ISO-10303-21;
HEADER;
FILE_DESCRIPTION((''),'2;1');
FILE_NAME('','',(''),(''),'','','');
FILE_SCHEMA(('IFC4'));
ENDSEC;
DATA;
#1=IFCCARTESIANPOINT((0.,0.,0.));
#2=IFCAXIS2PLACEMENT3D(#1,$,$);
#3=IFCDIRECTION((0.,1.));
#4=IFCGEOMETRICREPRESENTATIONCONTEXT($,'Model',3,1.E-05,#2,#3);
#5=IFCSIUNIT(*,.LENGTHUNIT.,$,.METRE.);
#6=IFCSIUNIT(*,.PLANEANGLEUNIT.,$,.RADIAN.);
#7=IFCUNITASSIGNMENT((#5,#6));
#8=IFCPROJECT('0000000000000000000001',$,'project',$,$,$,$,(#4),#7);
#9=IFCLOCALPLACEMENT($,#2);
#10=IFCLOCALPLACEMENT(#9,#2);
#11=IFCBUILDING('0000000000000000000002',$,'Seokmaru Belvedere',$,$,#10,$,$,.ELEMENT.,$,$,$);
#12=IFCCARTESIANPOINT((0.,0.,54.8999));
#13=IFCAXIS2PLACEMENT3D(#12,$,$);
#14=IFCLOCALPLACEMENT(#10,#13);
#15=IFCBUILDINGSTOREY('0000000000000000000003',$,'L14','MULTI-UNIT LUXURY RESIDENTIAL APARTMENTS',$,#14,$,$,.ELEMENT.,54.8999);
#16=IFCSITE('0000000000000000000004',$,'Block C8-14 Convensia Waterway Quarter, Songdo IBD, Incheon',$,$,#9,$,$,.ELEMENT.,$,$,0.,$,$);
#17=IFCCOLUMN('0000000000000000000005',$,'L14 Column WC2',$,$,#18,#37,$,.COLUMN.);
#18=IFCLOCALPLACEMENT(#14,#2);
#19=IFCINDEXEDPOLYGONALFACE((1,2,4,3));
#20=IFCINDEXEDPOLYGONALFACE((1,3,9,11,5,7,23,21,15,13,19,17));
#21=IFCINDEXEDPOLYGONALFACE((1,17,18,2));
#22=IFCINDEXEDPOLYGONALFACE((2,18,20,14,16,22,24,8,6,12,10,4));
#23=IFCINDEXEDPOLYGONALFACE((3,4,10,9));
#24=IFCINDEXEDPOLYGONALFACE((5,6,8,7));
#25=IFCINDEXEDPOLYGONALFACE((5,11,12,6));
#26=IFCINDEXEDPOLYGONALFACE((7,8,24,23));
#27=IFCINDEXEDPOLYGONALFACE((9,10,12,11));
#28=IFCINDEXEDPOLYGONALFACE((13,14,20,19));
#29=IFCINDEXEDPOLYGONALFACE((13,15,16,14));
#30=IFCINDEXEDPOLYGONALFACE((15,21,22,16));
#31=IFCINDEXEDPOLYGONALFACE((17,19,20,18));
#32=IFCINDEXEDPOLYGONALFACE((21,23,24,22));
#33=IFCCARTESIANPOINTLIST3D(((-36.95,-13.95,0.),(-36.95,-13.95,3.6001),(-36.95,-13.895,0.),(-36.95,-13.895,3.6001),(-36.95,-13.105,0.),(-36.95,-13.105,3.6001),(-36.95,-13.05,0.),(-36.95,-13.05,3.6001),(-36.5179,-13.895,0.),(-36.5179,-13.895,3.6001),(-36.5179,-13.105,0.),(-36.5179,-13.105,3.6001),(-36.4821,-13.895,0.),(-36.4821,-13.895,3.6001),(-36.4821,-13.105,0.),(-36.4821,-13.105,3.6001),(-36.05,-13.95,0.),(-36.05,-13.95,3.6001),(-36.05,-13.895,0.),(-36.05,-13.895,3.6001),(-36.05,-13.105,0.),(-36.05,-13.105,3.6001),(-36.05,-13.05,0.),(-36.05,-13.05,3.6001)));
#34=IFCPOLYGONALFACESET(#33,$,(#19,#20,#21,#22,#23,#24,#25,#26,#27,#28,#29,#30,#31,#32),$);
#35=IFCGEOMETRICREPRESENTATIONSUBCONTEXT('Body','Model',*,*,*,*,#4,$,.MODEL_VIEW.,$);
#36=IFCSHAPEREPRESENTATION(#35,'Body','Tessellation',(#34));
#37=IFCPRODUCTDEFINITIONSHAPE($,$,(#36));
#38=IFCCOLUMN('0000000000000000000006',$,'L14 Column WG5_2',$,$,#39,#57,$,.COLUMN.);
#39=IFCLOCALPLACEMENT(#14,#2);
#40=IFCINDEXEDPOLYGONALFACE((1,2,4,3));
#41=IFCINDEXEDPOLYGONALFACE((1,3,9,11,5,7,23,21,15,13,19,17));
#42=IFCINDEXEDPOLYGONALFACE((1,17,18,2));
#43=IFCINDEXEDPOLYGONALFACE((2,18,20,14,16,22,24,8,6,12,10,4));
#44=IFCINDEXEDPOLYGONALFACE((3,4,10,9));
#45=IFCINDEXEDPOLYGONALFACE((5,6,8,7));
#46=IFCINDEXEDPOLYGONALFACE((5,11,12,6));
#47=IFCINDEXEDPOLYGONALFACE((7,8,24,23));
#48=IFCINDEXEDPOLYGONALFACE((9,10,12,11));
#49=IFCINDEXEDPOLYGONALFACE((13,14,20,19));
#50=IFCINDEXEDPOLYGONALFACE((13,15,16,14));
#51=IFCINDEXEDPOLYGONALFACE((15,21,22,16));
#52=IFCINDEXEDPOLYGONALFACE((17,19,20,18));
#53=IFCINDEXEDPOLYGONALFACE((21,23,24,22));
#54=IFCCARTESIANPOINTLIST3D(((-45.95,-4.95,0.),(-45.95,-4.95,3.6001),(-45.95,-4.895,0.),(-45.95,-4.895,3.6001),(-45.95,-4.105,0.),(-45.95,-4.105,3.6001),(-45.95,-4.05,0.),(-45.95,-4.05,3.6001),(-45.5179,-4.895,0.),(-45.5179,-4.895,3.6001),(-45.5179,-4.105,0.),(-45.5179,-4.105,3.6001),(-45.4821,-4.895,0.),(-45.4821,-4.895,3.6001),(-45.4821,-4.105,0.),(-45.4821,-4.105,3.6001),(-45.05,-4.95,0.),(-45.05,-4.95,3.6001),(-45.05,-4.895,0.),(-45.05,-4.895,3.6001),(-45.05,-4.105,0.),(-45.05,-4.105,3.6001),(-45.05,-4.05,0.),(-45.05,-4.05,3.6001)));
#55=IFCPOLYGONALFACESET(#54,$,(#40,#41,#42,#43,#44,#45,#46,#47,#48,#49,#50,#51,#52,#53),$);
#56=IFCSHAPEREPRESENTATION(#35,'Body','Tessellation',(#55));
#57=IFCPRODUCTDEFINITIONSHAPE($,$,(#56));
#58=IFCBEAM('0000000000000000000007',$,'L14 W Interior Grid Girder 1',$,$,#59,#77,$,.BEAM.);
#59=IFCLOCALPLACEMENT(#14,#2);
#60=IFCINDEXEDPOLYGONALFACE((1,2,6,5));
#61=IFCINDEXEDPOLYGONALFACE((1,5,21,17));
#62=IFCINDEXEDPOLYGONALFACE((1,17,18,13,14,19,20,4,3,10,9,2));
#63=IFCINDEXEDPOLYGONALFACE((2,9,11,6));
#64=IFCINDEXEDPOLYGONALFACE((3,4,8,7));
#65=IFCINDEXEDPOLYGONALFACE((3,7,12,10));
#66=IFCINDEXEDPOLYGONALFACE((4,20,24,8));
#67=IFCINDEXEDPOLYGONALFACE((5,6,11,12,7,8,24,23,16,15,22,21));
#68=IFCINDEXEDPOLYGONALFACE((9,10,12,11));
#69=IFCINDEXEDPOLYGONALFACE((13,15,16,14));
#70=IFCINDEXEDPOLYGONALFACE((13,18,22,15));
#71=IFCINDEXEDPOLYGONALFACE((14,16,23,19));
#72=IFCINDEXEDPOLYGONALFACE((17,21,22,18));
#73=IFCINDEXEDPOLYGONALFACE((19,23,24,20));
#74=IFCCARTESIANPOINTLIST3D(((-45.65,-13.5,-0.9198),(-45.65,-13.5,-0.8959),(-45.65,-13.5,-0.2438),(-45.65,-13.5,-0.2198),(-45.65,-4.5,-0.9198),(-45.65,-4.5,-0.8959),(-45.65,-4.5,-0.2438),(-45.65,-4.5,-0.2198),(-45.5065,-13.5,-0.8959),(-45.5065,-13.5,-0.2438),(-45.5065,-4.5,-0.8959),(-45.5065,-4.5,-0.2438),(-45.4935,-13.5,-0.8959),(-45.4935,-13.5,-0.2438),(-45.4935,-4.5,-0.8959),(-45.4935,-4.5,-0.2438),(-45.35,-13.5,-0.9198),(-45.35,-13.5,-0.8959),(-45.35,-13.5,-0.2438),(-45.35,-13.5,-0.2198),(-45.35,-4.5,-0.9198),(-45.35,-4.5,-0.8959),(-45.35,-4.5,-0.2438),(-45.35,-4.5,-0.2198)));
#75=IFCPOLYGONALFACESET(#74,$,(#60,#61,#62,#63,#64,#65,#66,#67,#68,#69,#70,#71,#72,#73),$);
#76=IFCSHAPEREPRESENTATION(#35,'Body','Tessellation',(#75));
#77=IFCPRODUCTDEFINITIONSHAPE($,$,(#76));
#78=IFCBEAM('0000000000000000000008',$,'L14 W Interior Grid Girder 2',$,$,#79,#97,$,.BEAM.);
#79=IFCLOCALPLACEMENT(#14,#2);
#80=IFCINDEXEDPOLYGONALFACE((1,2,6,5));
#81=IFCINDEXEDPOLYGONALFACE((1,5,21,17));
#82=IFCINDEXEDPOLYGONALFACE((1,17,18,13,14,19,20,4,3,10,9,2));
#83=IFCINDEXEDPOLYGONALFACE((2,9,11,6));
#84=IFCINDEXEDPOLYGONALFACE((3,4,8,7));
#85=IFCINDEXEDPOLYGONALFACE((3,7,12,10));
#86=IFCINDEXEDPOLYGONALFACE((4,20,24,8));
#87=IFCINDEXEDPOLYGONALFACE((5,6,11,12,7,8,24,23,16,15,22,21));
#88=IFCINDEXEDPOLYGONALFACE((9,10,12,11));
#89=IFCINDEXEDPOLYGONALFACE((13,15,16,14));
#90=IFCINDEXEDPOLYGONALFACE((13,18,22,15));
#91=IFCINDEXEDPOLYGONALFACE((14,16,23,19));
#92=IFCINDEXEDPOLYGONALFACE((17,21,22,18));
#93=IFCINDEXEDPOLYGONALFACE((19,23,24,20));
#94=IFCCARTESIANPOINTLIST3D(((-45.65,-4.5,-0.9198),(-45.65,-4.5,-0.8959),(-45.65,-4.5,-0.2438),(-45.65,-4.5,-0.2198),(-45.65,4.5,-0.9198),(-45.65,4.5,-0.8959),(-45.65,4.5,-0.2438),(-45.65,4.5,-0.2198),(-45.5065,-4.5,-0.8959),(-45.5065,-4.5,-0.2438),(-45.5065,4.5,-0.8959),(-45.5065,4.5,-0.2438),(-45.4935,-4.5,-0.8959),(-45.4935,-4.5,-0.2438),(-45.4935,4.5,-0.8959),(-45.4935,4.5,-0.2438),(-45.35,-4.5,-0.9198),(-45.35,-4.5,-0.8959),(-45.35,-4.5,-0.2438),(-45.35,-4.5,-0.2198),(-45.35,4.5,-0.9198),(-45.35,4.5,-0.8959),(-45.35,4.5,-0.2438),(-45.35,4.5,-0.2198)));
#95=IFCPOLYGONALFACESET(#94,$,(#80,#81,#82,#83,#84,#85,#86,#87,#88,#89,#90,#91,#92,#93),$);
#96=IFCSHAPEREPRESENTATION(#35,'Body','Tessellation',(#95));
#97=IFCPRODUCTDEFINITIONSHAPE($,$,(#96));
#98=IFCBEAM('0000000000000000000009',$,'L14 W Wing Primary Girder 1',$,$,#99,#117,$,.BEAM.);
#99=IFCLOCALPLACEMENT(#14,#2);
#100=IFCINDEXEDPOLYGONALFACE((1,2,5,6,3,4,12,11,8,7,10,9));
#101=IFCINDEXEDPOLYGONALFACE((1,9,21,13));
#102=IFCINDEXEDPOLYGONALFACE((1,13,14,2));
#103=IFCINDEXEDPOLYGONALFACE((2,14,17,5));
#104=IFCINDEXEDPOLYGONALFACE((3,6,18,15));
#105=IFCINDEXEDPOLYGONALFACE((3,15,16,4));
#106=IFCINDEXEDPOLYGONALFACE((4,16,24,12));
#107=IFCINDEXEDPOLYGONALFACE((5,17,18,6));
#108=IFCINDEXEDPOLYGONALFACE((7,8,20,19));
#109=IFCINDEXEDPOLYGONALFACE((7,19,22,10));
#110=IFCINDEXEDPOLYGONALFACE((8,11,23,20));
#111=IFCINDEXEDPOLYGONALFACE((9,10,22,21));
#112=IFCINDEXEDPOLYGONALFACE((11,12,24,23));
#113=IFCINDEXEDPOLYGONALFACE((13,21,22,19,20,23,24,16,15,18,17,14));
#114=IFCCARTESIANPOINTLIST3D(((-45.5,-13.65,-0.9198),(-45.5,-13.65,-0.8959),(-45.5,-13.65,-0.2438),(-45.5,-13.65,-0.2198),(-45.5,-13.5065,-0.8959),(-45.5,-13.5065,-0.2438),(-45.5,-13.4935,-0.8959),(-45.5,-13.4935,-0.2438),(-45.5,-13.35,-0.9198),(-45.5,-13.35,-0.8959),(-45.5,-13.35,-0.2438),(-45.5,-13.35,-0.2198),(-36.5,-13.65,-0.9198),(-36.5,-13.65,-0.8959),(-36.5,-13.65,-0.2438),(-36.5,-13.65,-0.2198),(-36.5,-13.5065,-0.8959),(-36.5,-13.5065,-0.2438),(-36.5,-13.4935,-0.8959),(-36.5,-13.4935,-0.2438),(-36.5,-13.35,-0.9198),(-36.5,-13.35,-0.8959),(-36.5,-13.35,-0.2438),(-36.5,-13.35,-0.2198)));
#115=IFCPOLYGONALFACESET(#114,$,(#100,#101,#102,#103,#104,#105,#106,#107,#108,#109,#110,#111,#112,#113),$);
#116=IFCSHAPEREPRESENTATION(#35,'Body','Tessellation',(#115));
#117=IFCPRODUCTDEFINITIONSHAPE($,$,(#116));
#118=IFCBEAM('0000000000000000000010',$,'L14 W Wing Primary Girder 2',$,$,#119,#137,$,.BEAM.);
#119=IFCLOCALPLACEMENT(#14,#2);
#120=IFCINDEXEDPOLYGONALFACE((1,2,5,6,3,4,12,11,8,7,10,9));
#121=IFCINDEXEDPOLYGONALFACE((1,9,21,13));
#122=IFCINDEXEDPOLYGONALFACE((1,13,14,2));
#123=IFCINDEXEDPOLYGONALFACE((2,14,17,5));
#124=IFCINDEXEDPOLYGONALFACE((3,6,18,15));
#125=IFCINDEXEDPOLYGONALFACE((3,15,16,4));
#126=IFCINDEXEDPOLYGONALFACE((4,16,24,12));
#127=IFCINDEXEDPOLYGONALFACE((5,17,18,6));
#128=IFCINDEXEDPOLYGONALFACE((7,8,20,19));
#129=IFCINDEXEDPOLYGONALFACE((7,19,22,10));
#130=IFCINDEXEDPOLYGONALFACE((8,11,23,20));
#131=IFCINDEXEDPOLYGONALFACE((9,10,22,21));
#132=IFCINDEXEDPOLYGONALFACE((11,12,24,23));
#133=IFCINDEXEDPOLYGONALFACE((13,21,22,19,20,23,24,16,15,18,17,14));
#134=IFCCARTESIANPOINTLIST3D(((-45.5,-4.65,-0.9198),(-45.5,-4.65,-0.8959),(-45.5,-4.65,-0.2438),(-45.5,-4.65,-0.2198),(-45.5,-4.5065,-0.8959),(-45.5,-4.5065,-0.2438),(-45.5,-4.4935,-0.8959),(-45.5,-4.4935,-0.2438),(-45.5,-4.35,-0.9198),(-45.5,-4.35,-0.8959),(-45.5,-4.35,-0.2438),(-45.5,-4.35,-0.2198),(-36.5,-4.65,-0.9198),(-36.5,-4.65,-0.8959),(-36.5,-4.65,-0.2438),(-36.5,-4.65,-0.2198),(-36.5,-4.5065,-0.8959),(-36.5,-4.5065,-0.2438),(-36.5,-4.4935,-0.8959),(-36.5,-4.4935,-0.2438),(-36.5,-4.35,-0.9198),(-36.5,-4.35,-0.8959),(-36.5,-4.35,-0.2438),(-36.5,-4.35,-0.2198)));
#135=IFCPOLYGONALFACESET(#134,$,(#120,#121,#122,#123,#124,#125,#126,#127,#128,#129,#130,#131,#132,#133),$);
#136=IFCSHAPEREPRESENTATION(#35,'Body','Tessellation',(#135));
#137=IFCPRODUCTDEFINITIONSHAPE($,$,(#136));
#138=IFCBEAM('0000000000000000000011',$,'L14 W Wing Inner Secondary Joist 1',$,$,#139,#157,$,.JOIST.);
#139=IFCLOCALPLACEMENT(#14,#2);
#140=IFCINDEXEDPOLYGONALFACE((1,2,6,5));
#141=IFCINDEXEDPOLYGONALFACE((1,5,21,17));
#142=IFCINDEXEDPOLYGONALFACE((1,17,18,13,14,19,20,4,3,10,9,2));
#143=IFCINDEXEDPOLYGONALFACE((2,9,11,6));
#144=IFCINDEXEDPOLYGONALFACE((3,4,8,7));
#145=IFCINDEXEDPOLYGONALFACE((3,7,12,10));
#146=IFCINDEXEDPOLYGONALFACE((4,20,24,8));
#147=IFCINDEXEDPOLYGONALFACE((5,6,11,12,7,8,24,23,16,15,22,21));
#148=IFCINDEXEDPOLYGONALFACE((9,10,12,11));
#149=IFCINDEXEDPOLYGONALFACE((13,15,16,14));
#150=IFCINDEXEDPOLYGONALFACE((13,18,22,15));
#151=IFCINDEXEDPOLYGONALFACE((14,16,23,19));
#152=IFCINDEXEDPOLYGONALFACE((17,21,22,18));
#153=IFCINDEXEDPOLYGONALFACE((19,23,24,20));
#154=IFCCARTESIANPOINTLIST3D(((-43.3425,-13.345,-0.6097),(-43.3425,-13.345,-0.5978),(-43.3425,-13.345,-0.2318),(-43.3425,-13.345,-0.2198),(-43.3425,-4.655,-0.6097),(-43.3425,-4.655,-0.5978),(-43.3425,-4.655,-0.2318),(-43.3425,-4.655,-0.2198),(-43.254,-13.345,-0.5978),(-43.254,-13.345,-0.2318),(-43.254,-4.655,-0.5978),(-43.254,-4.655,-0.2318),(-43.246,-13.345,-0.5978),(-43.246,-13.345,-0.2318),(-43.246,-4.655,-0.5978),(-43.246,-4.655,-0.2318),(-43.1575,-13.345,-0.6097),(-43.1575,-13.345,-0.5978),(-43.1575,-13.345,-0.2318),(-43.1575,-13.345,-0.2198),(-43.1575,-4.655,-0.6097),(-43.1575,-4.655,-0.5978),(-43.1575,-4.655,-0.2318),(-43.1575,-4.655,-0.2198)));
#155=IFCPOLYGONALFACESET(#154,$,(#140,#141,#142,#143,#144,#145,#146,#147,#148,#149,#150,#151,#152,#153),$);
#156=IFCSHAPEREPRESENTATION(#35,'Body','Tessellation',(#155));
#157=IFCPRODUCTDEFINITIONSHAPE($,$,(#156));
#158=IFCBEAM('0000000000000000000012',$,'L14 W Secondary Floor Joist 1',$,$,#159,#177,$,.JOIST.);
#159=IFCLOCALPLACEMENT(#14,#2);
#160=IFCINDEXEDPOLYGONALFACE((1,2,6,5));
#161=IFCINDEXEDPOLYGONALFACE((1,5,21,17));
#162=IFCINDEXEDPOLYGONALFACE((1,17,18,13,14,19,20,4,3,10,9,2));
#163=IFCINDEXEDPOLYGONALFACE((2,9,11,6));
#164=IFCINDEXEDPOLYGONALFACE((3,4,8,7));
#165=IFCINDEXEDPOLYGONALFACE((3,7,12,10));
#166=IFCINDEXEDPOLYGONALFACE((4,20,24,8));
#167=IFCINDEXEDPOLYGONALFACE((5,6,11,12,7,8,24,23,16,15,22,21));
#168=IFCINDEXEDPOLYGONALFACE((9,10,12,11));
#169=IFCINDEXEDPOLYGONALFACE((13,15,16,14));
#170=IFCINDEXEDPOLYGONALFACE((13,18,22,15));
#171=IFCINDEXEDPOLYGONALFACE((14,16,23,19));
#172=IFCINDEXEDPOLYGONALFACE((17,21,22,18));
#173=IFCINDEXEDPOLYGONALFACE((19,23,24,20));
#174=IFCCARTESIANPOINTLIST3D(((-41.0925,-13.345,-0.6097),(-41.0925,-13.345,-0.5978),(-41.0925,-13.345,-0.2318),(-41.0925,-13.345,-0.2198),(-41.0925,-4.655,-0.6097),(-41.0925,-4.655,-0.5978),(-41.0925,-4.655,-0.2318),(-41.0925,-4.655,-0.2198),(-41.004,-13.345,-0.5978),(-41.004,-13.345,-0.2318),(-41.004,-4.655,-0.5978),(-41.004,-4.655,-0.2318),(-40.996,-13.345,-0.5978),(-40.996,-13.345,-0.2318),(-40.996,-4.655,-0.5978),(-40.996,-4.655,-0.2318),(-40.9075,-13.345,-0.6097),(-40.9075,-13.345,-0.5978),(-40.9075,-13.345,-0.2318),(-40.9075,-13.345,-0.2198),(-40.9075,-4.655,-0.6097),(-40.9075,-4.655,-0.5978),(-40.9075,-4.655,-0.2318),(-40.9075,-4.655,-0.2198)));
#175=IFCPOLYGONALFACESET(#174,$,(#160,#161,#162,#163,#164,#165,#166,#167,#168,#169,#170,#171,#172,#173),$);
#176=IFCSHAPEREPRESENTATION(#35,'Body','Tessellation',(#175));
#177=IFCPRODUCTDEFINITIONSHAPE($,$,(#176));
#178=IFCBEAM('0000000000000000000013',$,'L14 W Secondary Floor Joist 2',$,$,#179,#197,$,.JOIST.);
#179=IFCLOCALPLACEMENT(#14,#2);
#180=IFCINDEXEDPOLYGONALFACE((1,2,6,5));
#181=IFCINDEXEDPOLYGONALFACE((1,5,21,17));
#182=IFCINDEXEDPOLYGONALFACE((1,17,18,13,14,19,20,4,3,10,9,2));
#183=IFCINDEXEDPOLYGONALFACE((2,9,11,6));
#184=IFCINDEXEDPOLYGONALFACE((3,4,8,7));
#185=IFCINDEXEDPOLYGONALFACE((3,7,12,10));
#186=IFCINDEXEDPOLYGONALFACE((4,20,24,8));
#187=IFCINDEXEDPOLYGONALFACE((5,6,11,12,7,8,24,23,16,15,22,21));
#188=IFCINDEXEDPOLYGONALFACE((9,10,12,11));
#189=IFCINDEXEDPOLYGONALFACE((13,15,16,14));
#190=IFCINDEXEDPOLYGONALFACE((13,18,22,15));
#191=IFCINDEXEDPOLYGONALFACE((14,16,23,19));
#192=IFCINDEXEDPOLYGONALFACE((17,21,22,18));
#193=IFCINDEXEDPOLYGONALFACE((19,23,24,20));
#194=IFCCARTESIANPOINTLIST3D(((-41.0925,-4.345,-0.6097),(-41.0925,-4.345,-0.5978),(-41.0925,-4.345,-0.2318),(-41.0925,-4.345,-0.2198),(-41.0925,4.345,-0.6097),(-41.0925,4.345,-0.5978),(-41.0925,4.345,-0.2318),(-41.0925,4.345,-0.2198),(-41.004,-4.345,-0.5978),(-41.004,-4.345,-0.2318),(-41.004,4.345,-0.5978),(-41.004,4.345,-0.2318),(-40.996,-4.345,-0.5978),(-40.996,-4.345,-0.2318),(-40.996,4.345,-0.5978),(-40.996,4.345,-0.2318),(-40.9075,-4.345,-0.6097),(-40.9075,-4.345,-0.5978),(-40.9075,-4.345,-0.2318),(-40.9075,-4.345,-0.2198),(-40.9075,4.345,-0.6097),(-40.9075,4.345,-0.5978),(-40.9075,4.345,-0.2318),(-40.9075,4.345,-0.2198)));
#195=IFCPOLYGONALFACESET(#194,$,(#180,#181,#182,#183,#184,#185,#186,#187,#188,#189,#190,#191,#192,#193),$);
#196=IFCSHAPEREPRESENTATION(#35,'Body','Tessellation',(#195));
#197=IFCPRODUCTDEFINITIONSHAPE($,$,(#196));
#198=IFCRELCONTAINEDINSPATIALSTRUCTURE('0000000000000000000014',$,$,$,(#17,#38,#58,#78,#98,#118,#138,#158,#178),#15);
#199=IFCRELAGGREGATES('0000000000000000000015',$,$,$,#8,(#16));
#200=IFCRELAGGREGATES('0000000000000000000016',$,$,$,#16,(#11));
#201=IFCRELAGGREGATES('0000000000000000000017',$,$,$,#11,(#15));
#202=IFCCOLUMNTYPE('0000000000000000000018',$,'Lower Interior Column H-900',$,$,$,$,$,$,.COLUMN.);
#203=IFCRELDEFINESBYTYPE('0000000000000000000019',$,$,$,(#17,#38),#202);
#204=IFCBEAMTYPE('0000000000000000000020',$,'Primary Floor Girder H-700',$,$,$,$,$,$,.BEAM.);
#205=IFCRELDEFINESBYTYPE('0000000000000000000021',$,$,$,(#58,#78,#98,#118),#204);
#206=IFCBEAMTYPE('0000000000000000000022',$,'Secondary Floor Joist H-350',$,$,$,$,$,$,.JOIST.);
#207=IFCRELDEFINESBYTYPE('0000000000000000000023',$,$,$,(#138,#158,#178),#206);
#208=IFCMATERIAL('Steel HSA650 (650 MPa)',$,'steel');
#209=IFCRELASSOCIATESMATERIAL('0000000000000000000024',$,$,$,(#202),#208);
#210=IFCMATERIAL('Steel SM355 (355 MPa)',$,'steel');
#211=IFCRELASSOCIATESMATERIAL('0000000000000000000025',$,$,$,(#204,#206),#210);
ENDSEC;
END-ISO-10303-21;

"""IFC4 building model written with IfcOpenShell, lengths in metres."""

from ifc_helpers import new_model, si_unit, direction, frame, origin, origin_2d, place, context, subcontext, project, spatial, i_section, extrude, source, transform, mapped, material, material_profile, profile_set, type_object, type_shapes, element, save


model = new_model("IFC4")

# Units and contexts
model_context = context("Model", 3, precision=1e-05, world=origin(), true_north=direction((0.0, 1.0)))
body_context = subcontext(model_context, "Body", "Model", "MODEL_VIEW")
ifc_project = project(units=[si_unit("LENGTHUNIT", "METRE"), si_unit("PLANEANGLEUNIT", "RADIAN")], contexts=[model_context])

# Site, building, storey
site_placement = place(None, origin())
site = spatial("IfcSite", under=ifc_project, at=site_placement, Name="Block C8-14 Convensia Waterway Quarter, Songdo IBD, Incheon", CompositionType="ELEMENT", RefElevation=0.0)
building_placement = place(site_placement, origin())
building = spatial("IfcBuilding", under=site, at=building_placement, Name="Seokmaru Belvedere", CompositionType="ELEMENT")
storey_placement = place(building_placement, frame((0.0, 0.0, 54.8999)))
storey = spatial("IfcBuildingStorey", under=building, at=storey_placement, Name="L14", Description="MULTI-UNIT LUXURY RESIDENTIAL APARTMENTS", CompositionType="ELEMENT", Elevation=54.8999)

# Columns
ifc_material_1 = material(Name="Steel HSA650 (650 MPa)", Category="steel")
ifc_material_profile_1 = material_profile(ifc_material_1, i_section(OverallWidth=0.8999, OverallDepth=0.8999, WebThickness=0.0359, FlangeThickness=0.0549, at=origin_2d()), Name="H-900x900x36x55")
ifc_profile_set_1 = profile_set([ifc_material_profile_1], Name="Steel HSA650 (650 MPa)")
column_type = type_object("IfcColumnType", Name="Lower Interior Column H-900", PredefinedType="COLUMN", material=ifc_profile_set_1)
shared_shape_1 = source(origin(), body_context, "Body", "SweptSolid", [
    extrude(i_section(OverallWidth=0.8999, OverallDepth=0.8999, WebThickness=0.0359, FlangeThickness=0.0549, at=origin_2d()), origin(), (0.0, 0.0, 1.0), 3.6001),
])
type_shapes(column_type, [shared_shape_1])
for number, where, z_axis, x_axis, name in (
    (1, (-36.5, -13.5, 0.0), (0.0, 0.0, 1.0), (1.0, 0.0, 0.0), "L14 Column WC2"),
    (2, (-45.5, -4.5, 0.0), (0.0, 0.0, 1.0), (1.0, 0.0, 0.0), "L14 Column WG5_2"),
):
    element("IfcColumn", number, at=place(storey_placement, frame(where, z_axis=z_axis, x_axis=x_axis)), inside=storey, type_object=column_type, Name=name, PredefinedType="COLUMN", context=body_context, shape_type="MappedRepresentation", body=[
        mapped(shared_shape_1, transform((0.0, 0.0, 0.0), scale=1.0)),
    ])

# Beams
ifc_material_2 = material(Name="Steel SM355 (355 MPa)", Category="steel")
ifc_material_profile_2 = material_profile(ifc_material_2, i_section(OverallWidth=0.3, OverallDepth=0.7, WebThickness=0.0129, FlangeThickness=0.0239, at=origin_2d()), Name="H-700x300x13x24")
ifc_profile_set_2 = profile_set([ifc_material_profile_2], Name="Steel SM355 (355 MPa)")
beam_type_1 = type_object("IfcBeamType", Name="Primary Floor Girder H-700", PredefinedType="BEAM", material=ifc_profile_set_2)
shared_shape_2 = source(origin(), body_context, "Body", "SweptSolid", [
    extrude(i_section(OverallWidth=0.3, OverallDepth=0.7, WebThickness=0.0129, FlangeThickness=0.0239, at=origin_2d()), origin(), (0.0, 0.0, 1.0), 9.0),
])
type_shapes(beam_type_1, [shared_shape_2])
for number, where, z_axis, x_axis, name in (
    (3, (-45.5, -13.5, -0.5698), (0.0, 1.0, 0.0), (-1.0, 0.0, 0.0), "L14 W Interior Grid Girder 1"),
    (4, (-45.5, -4.5, -0.5698), (0.0, 1.0, 0.0), (-1.0, 0.0, 0.0), "L14 W Interior Grid Girder 2"),
    (5, (-45.5, -13.5, -0.5698), (1.0, 0.0, 0.0), (0.0, 1.0, 0.0), "L14 W Wing Primary Girder 1"),
    (6, (-45.5, -4.5, -0.5698), (1.0, 0.0, 0.0), (0.0, 1.0, 0.0), "L14 W Wing Primary Girder 2"),
):
    element("IfcBeam", number, at=place(storey_placement, frame(where, z_axis=z_axis, x_axis=x_axis)), inside=storey, type_object=beam_type_1, Name=name, PredefinedType="BEAM", context=body_context, shape_type="MappedRepresentation", body=[
        mapped(shared_shape_2, transform((0.0, 0.0, 0.0), scale=1.0)),
    ])
ifc_material_profile_3 = material_profile(ifc_material_2, i_section(OverallWidth=0.1851, OverallDepth=0.3899, WebThickness=0.0081, FlangeThickness=0.012, at=origin_2d()), Name="H-390x185x8x12")
ifc_profile_set_3 = profile_set([ifc_material_profile_3], Name="Steel SM355 (355 MPa)")
beam_type_2 = type_object("IfcBeamType", Name="Secondary Floor Joist H-350", PredefinedType="JOIST", material=ifc_profile_set_3)
shared_shape_3 = source(origin(), body_context, "Body", "SweptSolid", [
    extrude(i_section(OverallWidth=0.1851, OverallDepth=0.3899, WebThickness=0.0081, FlangeThickness=0.012, at=origin_2d()), origin(), (0.0, 0.0, 1.0), 8.6899),
])
type_shapes(beam_type_2, [shared_shape_3])
for number, where, z_axis, x_axis, name in (
    (7, (-43.25, -13.345, -0.4148), (0.0, 1.0, 0.0), (-1.0, 0.0, 0.0), "L14 W Wing Inner Secondary Joist 1"),
    (8, (-41.0, -13.345, -0.4148), (0.0, 1.0, 0.0), (-1.0, 0.0, 0.0), "L14 W Secondary Floor Joist 1"),
    (9, (-41.0, -4.345, -0.4148), (0.0, 1.0, 0.0), (-1.0, 0.0, 0.0), "L14 W Secondary Floor Joist 2"),
):
    element("IfcBeam", number, at=place(storey_placement, frame(where, z_axis=z_axis, x_axis=x_axis)), inside=storey, type_object=beam_type_2, Name=name, PredefinedType="JOIST", context=body_context, shape_type="MappedRepresentation", body=[
        mapped(shared_shape_3, transform((0.0, 0.0, 0.0), scale=1.0)),
    ])

save(model, "model.ifc")
